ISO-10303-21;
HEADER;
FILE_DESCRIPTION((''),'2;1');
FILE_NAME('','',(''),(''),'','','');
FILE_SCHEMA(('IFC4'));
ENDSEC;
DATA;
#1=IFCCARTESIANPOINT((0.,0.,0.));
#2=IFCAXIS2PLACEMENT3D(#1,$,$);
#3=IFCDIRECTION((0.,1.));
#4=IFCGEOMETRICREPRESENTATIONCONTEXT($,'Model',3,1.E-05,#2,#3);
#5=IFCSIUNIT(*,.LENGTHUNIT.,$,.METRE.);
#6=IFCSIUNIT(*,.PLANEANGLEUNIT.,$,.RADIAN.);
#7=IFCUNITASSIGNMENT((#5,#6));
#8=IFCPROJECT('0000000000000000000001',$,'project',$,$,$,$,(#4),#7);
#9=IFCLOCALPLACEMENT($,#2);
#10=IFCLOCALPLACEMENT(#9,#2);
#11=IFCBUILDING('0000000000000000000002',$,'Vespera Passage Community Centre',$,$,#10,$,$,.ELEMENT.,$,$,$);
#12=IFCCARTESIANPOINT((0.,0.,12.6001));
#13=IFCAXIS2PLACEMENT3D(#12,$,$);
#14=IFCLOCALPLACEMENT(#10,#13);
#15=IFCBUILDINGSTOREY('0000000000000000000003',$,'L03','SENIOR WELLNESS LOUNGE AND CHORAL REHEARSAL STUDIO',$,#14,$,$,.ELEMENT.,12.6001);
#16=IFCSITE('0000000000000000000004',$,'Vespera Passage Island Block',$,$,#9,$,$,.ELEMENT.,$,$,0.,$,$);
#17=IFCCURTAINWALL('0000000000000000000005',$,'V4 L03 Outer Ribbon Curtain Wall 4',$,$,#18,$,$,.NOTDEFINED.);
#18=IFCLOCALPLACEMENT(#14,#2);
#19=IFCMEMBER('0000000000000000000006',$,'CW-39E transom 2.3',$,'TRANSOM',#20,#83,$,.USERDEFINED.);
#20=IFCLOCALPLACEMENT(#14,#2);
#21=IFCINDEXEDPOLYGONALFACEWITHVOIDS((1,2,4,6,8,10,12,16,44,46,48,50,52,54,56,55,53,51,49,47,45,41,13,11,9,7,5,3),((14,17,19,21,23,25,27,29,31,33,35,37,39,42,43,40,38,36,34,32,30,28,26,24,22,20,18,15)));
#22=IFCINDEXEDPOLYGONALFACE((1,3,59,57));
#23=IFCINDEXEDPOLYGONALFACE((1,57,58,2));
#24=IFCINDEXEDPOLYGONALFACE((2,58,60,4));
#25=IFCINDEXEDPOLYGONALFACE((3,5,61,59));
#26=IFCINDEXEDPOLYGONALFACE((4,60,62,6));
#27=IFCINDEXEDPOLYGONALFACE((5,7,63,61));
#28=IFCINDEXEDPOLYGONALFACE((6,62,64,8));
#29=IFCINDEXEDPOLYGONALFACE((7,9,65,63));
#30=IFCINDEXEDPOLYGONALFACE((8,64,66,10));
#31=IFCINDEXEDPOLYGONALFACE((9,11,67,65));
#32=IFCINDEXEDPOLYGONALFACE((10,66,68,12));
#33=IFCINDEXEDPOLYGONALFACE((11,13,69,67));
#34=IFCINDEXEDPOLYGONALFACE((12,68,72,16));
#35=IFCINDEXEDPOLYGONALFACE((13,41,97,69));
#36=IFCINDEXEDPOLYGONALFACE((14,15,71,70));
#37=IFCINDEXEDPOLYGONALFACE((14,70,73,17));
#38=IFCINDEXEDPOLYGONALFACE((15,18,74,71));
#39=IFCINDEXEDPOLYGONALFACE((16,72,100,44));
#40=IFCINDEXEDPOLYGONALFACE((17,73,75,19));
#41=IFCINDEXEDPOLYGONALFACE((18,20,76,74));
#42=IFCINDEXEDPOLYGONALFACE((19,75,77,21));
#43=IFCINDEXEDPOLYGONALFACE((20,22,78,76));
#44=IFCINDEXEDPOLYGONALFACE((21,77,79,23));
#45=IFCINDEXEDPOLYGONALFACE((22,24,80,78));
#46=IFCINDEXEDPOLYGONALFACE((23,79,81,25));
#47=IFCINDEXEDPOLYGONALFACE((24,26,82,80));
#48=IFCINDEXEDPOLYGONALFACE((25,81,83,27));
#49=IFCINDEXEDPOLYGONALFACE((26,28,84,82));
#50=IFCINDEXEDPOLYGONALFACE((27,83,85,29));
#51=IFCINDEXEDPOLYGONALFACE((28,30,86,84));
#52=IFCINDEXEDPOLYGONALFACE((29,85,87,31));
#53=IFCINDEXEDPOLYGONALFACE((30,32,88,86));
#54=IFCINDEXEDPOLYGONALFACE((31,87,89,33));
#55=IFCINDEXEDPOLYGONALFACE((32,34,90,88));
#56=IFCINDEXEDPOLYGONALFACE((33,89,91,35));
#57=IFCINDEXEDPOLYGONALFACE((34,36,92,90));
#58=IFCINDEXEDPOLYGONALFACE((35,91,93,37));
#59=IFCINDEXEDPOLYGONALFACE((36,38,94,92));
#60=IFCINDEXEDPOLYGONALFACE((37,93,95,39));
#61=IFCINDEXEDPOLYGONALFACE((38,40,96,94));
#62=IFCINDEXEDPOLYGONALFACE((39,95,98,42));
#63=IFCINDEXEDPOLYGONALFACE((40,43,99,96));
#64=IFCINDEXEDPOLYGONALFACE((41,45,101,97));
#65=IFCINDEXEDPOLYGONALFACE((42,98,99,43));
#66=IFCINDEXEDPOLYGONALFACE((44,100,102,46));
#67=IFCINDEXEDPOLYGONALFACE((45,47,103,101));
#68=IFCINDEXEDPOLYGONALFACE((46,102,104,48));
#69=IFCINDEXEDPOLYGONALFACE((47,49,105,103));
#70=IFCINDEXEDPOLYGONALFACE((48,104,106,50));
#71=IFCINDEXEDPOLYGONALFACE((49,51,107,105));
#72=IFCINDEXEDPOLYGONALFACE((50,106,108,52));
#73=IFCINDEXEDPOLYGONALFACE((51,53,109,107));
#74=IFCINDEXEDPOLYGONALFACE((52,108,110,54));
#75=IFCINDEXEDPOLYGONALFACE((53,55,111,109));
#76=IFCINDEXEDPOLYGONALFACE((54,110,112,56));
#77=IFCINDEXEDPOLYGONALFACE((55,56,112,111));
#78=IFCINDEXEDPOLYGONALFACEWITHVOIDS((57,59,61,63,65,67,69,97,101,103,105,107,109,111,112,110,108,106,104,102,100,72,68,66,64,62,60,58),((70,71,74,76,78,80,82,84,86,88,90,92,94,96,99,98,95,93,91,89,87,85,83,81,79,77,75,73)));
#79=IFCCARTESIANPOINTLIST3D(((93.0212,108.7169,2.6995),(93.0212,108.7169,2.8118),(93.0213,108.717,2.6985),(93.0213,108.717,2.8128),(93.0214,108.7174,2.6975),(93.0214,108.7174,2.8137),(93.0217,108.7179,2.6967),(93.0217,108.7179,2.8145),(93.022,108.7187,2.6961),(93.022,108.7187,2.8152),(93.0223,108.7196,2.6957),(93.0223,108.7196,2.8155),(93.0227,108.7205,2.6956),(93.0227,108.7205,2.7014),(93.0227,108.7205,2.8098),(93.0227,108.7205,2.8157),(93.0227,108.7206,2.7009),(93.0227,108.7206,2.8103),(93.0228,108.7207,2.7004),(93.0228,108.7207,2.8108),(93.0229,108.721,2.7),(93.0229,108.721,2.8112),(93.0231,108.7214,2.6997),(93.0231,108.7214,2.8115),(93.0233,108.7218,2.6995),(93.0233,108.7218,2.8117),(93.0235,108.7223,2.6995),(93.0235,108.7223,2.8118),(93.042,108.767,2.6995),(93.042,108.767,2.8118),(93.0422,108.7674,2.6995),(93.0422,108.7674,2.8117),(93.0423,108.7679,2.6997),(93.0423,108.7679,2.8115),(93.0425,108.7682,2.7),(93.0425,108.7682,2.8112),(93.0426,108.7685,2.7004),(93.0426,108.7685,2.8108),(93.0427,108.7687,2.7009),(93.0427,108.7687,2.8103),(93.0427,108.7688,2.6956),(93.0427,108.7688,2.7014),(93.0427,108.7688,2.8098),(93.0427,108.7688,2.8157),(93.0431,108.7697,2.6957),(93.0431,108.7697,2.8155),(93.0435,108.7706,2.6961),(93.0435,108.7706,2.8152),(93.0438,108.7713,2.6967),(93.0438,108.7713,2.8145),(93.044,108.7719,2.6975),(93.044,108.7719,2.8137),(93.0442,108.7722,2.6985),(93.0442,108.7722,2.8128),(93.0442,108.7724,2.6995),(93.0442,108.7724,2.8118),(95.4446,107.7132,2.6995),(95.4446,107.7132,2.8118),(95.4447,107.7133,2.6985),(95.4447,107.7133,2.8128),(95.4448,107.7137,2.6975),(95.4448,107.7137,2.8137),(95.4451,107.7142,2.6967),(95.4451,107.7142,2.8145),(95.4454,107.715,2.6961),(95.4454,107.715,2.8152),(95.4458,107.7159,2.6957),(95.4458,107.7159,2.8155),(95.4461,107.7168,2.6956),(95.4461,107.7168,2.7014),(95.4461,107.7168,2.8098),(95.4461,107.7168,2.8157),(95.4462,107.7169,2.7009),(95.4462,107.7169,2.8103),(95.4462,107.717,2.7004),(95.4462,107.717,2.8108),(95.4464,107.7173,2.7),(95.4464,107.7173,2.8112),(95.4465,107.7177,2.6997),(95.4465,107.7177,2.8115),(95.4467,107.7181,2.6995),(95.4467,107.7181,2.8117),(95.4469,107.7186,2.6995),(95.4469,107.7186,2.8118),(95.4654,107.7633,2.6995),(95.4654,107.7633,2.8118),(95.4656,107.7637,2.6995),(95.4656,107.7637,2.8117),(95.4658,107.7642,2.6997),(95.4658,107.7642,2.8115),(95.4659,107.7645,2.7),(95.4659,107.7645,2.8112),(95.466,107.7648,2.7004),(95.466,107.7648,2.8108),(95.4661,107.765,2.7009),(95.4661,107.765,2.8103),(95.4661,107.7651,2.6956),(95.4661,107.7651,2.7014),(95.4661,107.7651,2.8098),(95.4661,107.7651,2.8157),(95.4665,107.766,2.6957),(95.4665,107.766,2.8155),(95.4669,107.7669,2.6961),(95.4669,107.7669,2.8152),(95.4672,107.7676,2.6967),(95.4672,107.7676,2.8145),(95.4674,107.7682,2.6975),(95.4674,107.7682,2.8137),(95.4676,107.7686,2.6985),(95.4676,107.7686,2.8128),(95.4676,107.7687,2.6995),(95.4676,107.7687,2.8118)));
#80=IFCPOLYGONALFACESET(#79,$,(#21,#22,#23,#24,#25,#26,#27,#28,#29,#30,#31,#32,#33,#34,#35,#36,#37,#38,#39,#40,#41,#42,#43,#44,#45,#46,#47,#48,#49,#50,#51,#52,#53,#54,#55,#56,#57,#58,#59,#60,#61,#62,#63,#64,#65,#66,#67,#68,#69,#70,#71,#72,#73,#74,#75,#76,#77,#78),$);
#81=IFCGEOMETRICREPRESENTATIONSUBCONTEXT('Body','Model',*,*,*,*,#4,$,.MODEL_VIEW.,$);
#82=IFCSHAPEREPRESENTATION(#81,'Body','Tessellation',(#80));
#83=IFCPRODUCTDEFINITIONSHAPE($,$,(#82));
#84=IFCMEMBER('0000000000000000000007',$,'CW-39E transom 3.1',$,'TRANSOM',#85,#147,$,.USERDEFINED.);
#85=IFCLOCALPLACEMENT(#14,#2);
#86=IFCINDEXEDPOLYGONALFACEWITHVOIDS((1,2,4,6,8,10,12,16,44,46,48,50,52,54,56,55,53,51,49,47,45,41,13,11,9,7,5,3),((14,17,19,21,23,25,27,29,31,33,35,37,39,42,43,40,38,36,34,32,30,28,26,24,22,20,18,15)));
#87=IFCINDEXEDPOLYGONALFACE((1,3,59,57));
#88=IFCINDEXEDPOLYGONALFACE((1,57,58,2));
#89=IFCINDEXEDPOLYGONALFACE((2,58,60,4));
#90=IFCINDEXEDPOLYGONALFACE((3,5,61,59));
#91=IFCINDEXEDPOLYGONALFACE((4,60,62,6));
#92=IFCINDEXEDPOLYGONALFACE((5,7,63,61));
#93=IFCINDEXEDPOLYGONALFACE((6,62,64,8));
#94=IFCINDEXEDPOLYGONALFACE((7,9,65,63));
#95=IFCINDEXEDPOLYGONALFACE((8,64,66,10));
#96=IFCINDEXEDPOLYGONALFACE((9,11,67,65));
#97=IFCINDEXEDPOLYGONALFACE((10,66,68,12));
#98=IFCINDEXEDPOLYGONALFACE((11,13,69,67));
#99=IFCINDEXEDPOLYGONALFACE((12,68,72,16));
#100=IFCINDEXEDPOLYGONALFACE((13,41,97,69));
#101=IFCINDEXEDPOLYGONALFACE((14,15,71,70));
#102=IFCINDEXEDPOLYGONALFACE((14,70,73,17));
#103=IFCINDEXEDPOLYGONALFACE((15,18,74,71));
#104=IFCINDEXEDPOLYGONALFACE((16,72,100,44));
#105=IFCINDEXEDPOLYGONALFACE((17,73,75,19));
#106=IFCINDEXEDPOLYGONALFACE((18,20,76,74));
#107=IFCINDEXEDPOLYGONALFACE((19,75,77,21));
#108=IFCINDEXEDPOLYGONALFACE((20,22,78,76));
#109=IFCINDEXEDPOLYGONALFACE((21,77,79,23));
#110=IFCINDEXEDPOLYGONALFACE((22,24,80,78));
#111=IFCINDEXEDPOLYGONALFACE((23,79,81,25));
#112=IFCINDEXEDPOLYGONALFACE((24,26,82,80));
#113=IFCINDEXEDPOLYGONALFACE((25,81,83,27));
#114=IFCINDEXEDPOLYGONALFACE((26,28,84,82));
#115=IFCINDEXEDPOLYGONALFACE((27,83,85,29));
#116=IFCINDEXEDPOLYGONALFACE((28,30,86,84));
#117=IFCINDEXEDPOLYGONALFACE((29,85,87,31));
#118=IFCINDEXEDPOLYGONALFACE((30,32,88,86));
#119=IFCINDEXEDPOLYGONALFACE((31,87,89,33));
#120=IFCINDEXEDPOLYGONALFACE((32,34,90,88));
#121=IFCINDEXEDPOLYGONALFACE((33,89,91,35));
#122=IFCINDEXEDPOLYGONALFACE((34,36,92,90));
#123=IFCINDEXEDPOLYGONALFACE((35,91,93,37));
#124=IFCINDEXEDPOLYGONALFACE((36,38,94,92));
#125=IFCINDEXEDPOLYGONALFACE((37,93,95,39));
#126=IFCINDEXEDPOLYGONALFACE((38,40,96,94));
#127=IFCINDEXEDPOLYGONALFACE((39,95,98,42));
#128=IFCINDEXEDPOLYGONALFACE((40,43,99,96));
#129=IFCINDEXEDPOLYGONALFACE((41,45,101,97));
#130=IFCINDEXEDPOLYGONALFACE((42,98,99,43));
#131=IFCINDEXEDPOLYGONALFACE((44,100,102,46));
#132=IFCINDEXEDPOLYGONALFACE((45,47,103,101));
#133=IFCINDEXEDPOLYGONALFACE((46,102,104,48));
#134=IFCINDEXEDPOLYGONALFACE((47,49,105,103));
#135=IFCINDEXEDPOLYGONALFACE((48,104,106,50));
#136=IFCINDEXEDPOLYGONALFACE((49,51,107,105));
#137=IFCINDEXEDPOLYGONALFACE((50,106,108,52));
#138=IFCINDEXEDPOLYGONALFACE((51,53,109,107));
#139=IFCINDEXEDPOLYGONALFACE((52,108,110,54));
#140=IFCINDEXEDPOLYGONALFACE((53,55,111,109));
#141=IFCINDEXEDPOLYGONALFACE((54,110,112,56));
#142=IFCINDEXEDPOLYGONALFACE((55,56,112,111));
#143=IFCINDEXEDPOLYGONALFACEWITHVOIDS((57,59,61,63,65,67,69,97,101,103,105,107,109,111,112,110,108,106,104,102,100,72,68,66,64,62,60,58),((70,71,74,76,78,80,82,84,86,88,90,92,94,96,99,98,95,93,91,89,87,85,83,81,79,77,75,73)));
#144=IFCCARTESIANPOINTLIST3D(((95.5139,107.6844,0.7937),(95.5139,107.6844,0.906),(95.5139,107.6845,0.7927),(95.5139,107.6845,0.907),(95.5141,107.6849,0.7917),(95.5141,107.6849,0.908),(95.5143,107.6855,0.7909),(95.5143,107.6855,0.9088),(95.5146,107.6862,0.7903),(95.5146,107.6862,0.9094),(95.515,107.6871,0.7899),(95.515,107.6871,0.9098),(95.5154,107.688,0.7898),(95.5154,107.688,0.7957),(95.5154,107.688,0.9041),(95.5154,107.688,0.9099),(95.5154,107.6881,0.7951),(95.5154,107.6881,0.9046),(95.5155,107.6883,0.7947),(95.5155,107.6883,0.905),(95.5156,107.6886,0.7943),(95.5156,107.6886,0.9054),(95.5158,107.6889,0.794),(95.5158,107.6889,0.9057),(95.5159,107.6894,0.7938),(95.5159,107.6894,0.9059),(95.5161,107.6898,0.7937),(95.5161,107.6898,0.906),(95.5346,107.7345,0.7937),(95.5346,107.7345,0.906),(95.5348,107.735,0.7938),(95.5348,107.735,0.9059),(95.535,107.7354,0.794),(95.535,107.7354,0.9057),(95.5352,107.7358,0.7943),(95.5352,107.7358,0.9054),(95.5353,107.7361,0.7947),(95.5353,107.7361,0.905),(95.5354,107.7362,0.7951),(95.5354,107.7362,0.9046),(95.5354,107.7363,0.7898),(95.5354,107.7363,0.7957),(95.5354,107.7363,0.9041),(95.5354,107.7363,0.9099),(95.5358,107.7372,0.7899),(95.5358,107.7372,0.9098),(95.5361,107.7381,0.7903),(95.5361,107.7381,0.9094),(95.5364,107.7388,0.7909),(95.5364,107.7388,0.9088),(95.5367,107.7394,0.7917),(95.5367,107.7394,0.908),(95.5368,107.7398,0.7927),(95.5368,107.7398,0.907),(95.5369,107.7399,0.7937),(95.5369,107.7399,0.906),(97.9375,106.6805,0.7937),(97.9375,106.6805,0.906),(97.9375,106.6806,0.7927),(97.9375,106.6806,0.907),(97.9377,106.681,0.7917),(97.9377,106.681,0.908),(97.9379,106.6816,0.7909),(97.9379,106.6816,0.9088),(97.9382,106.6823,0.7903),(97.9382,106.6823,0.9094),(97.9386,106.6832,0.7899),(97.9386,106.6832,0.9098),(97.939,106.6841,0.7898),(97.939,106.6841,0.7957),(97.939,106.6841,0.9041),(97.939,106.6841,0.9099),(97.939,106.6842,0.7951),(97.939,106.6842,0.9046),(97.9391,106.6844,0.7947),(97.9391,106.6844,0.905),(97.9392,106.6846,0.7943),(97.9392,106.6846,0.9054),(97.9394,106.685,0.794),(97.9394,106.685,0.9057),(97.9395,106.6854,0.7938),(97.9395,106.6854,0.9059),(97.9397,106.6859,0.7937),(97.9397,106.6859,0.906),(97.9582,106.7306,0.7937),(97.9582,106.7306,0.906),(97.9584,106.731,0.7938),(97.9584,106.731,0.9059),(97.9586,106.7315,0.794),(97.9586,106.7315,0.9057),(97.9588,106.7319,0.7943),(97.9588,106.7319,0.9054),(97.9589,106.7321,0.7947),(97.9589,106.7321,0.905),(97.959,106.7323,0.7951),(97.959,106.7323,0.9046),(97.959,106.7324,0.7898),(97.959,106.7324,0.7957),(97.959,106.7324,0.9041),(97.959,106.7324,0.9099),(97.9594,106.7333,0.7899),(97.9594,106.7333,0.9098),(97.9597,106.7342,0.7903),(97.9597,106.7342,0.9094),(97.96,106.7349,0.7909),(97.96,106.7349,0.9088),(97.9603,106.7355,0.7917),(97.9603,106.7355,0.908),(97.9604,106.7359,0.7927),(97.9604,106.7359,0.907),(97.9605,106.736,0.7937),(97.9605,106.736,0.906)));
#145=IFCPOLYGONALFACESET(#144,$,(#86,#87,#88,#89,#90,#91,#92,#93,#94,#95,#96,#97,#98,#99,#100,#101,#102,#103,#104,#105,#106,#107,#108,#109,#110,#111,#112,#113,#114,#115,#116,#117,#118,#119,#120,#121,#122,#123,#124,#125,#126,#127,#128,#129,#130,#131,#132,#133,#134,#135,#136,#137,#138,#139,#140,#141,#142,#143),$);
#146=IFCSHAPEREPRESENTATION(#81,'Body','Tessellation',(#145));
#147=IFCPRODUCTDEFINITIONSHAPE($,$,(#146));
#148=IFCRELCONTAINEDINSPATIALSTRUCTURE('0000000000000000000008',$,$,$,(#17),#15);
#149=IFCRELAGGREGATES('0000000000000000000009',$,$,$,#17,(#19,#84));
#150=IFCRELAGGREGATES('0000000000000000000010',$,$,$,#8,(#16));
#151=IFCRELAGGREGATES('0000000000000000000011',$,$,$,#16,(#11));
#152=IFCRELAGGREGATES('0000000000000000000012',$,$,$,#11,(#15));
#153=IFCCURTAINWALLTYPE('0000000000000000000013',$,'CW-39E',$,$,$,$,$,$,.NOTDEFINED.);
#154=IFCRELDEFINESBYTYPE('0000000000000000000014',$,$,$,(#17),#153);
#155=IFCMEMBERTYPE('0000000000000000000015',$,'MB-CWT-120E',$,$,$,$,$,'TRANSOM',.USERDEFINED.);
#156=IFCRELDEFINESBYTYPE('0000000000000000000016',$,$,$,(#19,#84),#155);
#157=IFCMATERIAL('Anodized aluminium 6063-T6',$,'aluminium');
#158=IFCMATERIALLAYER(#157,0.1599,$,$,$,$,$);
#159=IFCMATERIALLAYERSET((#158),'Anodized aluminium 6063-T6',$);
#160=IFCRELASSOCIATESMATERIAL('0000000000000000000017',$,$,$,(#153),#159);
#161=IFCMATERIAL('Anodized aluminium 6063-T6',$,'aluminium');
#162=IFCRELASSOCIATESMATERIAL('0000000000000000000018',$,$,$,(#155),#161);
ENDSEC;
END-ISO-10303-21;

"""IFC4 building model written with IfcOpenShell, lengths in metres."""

from ifc_helpers import new_model, si_unit, direction, frame, origin, origin_2d, place, context, subcontext, project, spatial, hollow_rectangle, extrude, material, layer, layer_set, material_profile, profile_set, type_object, element, aggregate, save


model = new_model("IFC4")

# Units and contexts
model_context = context("Model", 3, precision=1e-05, world=origin(), true_north=direction((0.0, 1.0)))
body_context = subcontext(model_context, "Body", "Model", "MODEL_VIEW")
ifc_project = project(units=[si_unit("LENGTHUNIT", "METRE"), si_unit("PLANEANGLEUNIT", "RADIAN")], contexts=[model_context])

# Site, building, storey
site_placement = place(None, origin())
site = spatial("IfcSite", under=ifc_project, at=site_placement, Name="Vespera Passage Island Block", CompositionType="ELEMENT", RefElevation=0.0)
building_placement = place(site_placement, origin())
building = spatial("IfcBuilding", under=site, at=building_placement, Name="Vespera Passage Community Centre", CompositionType="ELEMENT")
storey_placement = place(building_placement, frame((0.0, 0.0, 12.6001)))
storey = spatial("IfcBuildingStorey", under=building, at=storey_placement, Name="L03", Description="SENIOR WELLNESS LOUNGE AND CHORAL REHEARSAL STUDIO", CompositionType="ELEMENT", Elevation=12.6001)

# Curtain wall
ifc_material_1 = material(Name="Anodized aluminium 6063-T6", Category="aluminium")
ifc_layer_1 = layer(ifc_material_1, 0.1599)
ifc_layer_set_1 = layer_set([ifc_layer_1], Name="Anodized aluminium 6063-T6")
curtain_wall_type_1 = type_object("IfcCurtainWallType", Name="CW-39E", PredefinedType="NOTDEFINED", material=ifc_layer_set_1)
curtain_wall_1_placement = place(storey_placement, origin())
curtain_wall_1 = element("IfcCurtainWall", 1, at=curtain_wall_1_placement, inside=storey, type_object=curtain_wall_type_1, Name="V4 L03 Outer Ribbon Curtain Wall 4", PredefinedType="NOTDEFINED")

# Members
ifc_material_2 = material(Name="Anodized aluminium 6063-T6", Category="aluminium")
ifc_material_profile_1 = material_profile(ifc_material_2, hollow_rectangle(XDim=0.0601, YDim=0.1201, WallThickness=0.0039, InnerFilletRadius=0.002, OuterFilletRadius=0.0039, at=origin_2d()), Name="ALU120X60X4")
ifc_profile_set_1 = profile_set([ifc_material_profile_1], Name="Anodized aluminium 6063-T6")
member_type_1 = type_object("IfcMemberType", Name="MB-CWT-120E", ElementType="TRANSOM", PredefinedType="USERDEFINED", material=ifc_profile_set_1)
member_1_placement = place(storey_placement, frame((93.0327, 108.7446, 2.7556), z_axis=(0.923895, -0.382645, 0.0), x_axis=(0.382645, 0.923895, 0.0)))
member_1 = element("IfcMember", 2, at=member_1_placement, type_object=member_type_1, Name="CW-39E transom 2.3", ObjectType="TRANSOM", PredefinedType="USERDEFINED", context=body_context, shape_type="SweptSolid", body=[
    extrude(hollow_rectangle(XDim=0.0601, YDim=0.1201, WallThickness=0.0039, InnerFilletRadius=0.002, OuterFilletRadius=0.0039, at=origin_2d()), origin(), (0.0, 0.0, 1.0), 2.623),
])
member_2_placement = place(storey_placement, frame((95.5254, 107.7122, 0.8499), z_axis=(0.923876, -0.382692, 0.0), x_axis=(0.382692, 0.923876, 0.0)))
member_2 = element("IfcMember", 3, at=member_2_placement, type_object=member_type_1, Name="CW-39E transom 3.1", ObjectType="TRANSOM", PredefinedType="USERDEFINED", context=body_context, shape_type="SweptSolid", body=[
    extrude(hollow_rectangle(XDim=0.0601, YDim=0.1201, WallThickness=0.0039, InnerFilletRadius=0.002, OuterFilletRadius=0.0039, at=origin_2d()), origin(), (0.0, 0.0, 1.0), 2.6233),
])

aggregate(curtain_wall_1, [member_1, member_2])

save(model, "model.ifc")
